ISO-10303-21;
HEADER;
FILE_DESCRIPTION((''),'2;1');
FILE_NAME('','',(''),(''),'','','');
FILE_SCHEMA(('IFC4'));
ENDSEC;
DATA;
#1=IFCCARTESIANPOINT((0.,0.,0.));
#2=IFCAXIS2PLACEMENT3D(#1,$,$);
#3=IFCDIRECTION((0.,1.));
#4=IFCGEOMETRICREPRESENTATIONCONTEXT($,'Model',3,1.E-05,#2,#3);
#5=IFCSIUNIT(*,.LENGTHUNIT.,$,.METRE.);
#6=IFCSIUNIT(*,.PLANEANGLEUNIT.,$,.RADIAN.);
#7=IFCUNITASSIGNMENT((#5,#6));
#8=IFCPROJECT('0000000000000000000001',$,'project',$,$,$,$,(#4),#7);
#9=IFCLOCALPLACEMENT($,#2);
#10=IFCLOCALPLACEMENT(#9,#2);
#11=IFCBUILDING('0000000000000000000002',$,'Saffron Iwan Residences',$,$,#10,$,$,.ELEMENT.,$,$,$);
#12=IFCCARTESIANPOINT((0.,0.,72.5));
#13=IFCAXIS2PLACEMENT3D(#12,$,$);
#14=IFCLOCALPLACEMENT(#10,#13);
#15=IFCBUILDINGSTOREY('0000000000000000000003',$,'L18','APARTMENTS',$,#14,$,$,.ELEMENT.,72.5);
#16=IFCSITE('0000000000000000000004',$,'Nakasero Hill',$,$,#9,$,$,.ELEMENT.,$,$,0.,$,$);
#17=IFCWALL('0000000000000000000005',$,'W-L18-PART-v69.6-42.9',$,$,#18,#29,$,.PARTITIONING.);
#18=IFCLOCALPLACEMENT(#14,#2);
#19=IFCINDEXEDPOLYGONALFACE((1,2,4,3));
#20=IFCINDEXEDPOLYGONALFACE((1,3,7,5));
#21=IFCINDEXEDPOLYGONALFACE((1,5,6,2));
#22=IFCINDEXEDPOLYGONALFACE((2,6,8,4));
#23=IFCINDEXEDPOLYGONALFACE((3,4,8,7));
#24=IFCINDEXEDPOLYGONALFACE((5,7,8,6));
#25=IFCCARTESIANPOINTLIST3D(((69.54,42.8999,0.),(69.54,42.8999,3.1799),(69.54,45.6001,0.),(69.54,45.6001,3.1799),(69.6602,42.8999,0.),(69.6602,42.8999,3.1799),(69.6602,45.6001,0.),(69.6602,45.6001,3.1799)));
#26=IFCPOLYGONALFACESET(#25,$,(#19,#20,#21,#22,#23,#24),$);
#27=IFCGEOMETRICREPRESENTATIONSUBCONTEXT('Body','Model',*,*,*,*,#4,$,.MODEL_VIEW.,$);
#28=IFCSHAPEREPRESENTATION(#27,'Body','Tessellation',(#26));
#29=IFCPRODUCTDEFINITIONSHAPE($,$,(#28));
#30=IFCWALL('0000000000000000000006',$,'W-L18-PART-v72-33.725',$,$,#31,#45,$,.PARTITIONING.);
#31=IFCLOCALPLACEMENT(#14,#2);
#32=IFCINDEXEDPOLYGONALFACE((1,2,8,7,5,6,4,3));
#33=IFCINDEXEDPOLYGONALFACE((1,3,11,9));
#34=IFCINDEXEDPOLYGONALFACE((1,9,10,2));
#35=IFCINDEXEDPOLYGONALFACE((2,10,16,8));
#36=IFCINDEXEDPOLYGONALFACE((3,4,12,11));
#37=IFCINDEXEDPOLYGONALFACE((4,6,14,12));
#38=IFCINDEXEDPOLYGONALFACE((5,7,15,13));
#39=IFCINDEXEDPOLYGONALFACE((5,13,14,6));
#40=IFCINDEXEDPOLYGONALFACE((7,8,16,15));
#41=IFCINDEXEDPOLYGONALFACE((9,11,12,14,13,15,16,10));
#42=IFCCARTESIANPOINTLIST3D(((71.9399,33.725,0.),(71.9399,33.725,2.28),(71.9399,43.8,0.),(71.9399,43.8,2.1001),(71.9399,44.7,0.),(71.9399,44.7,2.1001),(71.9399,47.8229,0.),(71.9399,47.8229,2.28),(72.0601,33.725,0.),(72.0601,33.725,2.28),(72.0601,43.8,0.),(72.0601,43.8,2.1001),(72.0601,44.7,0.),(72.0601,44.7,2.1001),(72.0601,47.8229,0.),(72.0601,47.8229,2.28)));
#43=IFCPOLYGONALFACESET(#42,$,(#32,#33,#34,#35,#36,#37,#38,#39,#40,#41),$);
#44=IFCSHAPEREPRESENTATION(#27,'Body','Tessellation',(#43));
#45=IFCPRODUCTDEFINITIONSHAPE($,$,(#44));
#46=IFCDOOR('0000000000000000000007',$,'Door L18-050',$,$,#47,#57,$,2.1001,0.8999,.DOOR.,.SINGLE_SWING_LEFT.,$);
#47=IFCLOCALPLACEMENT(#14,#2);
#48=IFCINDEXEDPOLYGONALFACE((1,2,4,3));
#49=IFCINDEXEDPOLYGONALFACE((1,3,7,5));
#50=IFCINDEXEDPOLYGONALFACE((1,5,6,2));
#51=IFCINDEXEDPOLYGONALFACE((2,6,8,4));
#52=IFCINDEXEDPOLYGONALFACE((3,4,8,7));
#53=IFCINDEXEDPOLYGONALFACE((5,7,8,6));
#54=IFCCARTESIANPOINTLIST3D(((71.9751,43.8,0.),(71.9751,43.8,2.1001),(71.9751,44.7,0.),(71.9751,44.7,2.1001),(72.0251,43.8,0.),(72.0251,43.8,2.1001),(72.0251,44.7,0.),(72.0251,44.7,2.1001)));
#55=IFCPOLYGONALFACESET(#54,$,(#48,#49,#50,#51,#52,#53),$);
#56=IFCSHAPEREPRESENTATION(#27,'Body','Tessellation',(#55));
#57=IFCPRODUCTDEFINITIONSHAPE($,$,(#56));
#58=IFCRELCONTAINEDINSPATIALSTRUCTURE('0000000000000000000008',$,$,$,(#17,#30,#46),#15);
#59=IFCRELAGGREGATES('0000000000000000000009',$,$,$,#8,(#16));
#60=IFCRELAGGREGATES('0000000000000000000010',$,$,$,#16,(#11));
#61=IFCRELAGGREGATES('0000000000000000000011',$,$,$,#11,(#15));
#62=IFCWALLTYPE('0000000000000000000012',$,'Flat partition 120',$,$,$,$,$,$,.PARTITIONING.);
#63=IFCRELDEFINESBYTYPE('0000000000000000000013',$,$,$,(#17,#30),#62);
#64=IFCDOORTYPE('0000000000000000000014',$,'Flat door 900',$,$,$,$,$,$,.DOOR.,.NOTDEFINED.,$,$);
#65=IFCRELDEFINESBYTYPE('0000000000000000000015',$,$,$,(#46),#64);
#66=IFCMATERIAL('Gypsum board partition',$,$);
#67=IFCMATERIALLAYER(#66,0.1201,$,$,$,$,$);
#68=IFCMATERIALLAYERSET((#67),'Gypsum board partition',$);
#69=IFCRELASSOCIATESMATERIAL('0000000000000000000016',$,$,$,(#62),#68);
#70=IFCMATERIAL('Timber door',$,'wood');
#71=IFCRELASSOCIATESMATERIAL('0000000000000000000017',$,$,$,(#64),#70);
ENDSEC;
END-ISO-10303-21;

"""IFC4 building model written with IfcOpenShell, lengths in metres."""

from ifc_helpers import new_model, si_unit, direction, frame, frame_2d, origin, place, context, subcontext, project, spatial, rectangle, extrude, material, layer, layer_set, type_object, element, fill, save


model = new_model("IFC4")

# Units and contexts
model_context = context("Model", 3, precision=1e-05, world=origin(), true_north=direction((0.0, 1.0)))
body_context = subcontext(model_context, "Body", "Model", "MODEL_VIEW")
ifc_project = project(units=[si_unit("LENGTHUNIT", "METRE"), si_unit("PLANEANGLEUNIT", "RADIAN")], contexts=[model_context])

# Site, building, storey
site_placement = place(None, origin())
site = spatial("IfcSite", under=ifc_project, at=site_placement, Name="Nakasero Hill", CompositionType="ELEMENT", RefElevation=0.0)
building_placement = place(site_placement, origin())
building = spatial("IfcBuilding", under=site, at=building_placement, Name="Saffron Iwan Residences", CompositionType="ELEMENT")
storey_placement = place(building_placement, frame((0.0, 0.0, 72.5)))
storey = spatial("IfcBuildingStorey", under=building, at=storey_placement, Name="L18", Description="APARTMENTS", CompositionType="ELEMENT", Elevation=72.5)

# Shared definitions
ifc_material_1 = material(Name="Gypsum board partition")
ifc_layer_1 = layer(ifc_material_1, 0.1201)
ifc_layer_set_1 = layer_set([ifc_layer_1], Name="Gypsum board partition")
wall_type_1 = type_object("IfcWallType", Name="Flat partition 120", PredefinedType="PARTITIONING", material=ifc_layer_set_1)
ifc_material_2 = material(Name="Timber door", Category="wood")
door_type_1 = type_object("IfcDoorType", Name="Flat door 900", OperationType="NOTDEFINED", PredefinedType="DOOR", material=ifc_material_2)

# Wall
wall_1_placement = place(storey_placement, frame((69.6001, 42.8999, 0.0), z_axis=(0.0, 0.0, 1.0), x_axis=(0.0, 1.0, 0.0)))
element("IfcWall", 1, at=wall_1_placement, inside=storey, type_object=wall_type_1, Name="W-L18-PART-v69.6-42.9", PredefinedType="PARTITIONING", context=body_context, shape_type="SweptSolid", body=[
    extrude(rectangle(XDim=2.7002, YDim=0.1201, at=frame_2d((1.3501, 0.0))), origin(), (0.0, 0.0, 1.0), 3.1799),
])

# Wall, opening, door
wall_2_placement = place(storey_placement, frame((72.0, 33.7251, 0.0), z_axis=(0.0, 0.0, 1.0), x_axis=(0.0, 1.0, 0.0)))
wall_2 = element("IfcWall", 2, at=wall_2_placement, inside=storey, type_object=wall_type_1, Name="W-L18-PART-v72-33.725", PredefinedType="PARTITIONING", context=body_context, shape_type="SweptSolid", body=[
    extrude(rectangle(XDim=14.0979, YDim=0.1201, at=frame_2d((7.0488, 0.0))), origin(), (0.0, 0.0, 1.0), 2.28),
])
opening_1_placement = place(wall_2_placement, frame((10.075, 0.0, 0.0)))
opening_1 = element("IfcOpeningElement", 3, at=opening_1_placement, cuts=wall_2, PredefinedType="OPENING", context=body_context, shape_type="SweptSolid", body=[
    extrude(rectangle(XDim=0.8999, YDim=2.1001, at=frame_2d((0.45, 1.05))), frame((0.0, 0.0701, 0.0), z_axis=(0.0, -1.0, 0.0), x_axis=(1.0, 0.0, 0.0)), (0.0, 0.0, 1.0), 0.1401),
])
door_1_placement = place(opening_1_placement, origin())
door_1 = element("IfcDoor", 4, at=door_1_placement, inside=storey, type_object=door_type_1, Name="Door L18-050", OperationType="SINGLE_SWING_LEFT", OverallHeight=2.1001, OverallWidth=0.8999, PredefinedType="DOOR", context=body_context, shape_type="SweptSolid", body=[
    extrude(rectangle(XDim=0.8999, YDim=2.1001, at=frame_2d((0.45, 1.05))), frame((0.0, 0.0249, 0.0), z_axis=(0.0, -1.0, 0.0), x_axis=(1.0, 0.0, 0.0)), (0.0, 0.0, 1.0), 0.05),
])
fill(opening_1, door_1)

save(model, "model.ifc")
